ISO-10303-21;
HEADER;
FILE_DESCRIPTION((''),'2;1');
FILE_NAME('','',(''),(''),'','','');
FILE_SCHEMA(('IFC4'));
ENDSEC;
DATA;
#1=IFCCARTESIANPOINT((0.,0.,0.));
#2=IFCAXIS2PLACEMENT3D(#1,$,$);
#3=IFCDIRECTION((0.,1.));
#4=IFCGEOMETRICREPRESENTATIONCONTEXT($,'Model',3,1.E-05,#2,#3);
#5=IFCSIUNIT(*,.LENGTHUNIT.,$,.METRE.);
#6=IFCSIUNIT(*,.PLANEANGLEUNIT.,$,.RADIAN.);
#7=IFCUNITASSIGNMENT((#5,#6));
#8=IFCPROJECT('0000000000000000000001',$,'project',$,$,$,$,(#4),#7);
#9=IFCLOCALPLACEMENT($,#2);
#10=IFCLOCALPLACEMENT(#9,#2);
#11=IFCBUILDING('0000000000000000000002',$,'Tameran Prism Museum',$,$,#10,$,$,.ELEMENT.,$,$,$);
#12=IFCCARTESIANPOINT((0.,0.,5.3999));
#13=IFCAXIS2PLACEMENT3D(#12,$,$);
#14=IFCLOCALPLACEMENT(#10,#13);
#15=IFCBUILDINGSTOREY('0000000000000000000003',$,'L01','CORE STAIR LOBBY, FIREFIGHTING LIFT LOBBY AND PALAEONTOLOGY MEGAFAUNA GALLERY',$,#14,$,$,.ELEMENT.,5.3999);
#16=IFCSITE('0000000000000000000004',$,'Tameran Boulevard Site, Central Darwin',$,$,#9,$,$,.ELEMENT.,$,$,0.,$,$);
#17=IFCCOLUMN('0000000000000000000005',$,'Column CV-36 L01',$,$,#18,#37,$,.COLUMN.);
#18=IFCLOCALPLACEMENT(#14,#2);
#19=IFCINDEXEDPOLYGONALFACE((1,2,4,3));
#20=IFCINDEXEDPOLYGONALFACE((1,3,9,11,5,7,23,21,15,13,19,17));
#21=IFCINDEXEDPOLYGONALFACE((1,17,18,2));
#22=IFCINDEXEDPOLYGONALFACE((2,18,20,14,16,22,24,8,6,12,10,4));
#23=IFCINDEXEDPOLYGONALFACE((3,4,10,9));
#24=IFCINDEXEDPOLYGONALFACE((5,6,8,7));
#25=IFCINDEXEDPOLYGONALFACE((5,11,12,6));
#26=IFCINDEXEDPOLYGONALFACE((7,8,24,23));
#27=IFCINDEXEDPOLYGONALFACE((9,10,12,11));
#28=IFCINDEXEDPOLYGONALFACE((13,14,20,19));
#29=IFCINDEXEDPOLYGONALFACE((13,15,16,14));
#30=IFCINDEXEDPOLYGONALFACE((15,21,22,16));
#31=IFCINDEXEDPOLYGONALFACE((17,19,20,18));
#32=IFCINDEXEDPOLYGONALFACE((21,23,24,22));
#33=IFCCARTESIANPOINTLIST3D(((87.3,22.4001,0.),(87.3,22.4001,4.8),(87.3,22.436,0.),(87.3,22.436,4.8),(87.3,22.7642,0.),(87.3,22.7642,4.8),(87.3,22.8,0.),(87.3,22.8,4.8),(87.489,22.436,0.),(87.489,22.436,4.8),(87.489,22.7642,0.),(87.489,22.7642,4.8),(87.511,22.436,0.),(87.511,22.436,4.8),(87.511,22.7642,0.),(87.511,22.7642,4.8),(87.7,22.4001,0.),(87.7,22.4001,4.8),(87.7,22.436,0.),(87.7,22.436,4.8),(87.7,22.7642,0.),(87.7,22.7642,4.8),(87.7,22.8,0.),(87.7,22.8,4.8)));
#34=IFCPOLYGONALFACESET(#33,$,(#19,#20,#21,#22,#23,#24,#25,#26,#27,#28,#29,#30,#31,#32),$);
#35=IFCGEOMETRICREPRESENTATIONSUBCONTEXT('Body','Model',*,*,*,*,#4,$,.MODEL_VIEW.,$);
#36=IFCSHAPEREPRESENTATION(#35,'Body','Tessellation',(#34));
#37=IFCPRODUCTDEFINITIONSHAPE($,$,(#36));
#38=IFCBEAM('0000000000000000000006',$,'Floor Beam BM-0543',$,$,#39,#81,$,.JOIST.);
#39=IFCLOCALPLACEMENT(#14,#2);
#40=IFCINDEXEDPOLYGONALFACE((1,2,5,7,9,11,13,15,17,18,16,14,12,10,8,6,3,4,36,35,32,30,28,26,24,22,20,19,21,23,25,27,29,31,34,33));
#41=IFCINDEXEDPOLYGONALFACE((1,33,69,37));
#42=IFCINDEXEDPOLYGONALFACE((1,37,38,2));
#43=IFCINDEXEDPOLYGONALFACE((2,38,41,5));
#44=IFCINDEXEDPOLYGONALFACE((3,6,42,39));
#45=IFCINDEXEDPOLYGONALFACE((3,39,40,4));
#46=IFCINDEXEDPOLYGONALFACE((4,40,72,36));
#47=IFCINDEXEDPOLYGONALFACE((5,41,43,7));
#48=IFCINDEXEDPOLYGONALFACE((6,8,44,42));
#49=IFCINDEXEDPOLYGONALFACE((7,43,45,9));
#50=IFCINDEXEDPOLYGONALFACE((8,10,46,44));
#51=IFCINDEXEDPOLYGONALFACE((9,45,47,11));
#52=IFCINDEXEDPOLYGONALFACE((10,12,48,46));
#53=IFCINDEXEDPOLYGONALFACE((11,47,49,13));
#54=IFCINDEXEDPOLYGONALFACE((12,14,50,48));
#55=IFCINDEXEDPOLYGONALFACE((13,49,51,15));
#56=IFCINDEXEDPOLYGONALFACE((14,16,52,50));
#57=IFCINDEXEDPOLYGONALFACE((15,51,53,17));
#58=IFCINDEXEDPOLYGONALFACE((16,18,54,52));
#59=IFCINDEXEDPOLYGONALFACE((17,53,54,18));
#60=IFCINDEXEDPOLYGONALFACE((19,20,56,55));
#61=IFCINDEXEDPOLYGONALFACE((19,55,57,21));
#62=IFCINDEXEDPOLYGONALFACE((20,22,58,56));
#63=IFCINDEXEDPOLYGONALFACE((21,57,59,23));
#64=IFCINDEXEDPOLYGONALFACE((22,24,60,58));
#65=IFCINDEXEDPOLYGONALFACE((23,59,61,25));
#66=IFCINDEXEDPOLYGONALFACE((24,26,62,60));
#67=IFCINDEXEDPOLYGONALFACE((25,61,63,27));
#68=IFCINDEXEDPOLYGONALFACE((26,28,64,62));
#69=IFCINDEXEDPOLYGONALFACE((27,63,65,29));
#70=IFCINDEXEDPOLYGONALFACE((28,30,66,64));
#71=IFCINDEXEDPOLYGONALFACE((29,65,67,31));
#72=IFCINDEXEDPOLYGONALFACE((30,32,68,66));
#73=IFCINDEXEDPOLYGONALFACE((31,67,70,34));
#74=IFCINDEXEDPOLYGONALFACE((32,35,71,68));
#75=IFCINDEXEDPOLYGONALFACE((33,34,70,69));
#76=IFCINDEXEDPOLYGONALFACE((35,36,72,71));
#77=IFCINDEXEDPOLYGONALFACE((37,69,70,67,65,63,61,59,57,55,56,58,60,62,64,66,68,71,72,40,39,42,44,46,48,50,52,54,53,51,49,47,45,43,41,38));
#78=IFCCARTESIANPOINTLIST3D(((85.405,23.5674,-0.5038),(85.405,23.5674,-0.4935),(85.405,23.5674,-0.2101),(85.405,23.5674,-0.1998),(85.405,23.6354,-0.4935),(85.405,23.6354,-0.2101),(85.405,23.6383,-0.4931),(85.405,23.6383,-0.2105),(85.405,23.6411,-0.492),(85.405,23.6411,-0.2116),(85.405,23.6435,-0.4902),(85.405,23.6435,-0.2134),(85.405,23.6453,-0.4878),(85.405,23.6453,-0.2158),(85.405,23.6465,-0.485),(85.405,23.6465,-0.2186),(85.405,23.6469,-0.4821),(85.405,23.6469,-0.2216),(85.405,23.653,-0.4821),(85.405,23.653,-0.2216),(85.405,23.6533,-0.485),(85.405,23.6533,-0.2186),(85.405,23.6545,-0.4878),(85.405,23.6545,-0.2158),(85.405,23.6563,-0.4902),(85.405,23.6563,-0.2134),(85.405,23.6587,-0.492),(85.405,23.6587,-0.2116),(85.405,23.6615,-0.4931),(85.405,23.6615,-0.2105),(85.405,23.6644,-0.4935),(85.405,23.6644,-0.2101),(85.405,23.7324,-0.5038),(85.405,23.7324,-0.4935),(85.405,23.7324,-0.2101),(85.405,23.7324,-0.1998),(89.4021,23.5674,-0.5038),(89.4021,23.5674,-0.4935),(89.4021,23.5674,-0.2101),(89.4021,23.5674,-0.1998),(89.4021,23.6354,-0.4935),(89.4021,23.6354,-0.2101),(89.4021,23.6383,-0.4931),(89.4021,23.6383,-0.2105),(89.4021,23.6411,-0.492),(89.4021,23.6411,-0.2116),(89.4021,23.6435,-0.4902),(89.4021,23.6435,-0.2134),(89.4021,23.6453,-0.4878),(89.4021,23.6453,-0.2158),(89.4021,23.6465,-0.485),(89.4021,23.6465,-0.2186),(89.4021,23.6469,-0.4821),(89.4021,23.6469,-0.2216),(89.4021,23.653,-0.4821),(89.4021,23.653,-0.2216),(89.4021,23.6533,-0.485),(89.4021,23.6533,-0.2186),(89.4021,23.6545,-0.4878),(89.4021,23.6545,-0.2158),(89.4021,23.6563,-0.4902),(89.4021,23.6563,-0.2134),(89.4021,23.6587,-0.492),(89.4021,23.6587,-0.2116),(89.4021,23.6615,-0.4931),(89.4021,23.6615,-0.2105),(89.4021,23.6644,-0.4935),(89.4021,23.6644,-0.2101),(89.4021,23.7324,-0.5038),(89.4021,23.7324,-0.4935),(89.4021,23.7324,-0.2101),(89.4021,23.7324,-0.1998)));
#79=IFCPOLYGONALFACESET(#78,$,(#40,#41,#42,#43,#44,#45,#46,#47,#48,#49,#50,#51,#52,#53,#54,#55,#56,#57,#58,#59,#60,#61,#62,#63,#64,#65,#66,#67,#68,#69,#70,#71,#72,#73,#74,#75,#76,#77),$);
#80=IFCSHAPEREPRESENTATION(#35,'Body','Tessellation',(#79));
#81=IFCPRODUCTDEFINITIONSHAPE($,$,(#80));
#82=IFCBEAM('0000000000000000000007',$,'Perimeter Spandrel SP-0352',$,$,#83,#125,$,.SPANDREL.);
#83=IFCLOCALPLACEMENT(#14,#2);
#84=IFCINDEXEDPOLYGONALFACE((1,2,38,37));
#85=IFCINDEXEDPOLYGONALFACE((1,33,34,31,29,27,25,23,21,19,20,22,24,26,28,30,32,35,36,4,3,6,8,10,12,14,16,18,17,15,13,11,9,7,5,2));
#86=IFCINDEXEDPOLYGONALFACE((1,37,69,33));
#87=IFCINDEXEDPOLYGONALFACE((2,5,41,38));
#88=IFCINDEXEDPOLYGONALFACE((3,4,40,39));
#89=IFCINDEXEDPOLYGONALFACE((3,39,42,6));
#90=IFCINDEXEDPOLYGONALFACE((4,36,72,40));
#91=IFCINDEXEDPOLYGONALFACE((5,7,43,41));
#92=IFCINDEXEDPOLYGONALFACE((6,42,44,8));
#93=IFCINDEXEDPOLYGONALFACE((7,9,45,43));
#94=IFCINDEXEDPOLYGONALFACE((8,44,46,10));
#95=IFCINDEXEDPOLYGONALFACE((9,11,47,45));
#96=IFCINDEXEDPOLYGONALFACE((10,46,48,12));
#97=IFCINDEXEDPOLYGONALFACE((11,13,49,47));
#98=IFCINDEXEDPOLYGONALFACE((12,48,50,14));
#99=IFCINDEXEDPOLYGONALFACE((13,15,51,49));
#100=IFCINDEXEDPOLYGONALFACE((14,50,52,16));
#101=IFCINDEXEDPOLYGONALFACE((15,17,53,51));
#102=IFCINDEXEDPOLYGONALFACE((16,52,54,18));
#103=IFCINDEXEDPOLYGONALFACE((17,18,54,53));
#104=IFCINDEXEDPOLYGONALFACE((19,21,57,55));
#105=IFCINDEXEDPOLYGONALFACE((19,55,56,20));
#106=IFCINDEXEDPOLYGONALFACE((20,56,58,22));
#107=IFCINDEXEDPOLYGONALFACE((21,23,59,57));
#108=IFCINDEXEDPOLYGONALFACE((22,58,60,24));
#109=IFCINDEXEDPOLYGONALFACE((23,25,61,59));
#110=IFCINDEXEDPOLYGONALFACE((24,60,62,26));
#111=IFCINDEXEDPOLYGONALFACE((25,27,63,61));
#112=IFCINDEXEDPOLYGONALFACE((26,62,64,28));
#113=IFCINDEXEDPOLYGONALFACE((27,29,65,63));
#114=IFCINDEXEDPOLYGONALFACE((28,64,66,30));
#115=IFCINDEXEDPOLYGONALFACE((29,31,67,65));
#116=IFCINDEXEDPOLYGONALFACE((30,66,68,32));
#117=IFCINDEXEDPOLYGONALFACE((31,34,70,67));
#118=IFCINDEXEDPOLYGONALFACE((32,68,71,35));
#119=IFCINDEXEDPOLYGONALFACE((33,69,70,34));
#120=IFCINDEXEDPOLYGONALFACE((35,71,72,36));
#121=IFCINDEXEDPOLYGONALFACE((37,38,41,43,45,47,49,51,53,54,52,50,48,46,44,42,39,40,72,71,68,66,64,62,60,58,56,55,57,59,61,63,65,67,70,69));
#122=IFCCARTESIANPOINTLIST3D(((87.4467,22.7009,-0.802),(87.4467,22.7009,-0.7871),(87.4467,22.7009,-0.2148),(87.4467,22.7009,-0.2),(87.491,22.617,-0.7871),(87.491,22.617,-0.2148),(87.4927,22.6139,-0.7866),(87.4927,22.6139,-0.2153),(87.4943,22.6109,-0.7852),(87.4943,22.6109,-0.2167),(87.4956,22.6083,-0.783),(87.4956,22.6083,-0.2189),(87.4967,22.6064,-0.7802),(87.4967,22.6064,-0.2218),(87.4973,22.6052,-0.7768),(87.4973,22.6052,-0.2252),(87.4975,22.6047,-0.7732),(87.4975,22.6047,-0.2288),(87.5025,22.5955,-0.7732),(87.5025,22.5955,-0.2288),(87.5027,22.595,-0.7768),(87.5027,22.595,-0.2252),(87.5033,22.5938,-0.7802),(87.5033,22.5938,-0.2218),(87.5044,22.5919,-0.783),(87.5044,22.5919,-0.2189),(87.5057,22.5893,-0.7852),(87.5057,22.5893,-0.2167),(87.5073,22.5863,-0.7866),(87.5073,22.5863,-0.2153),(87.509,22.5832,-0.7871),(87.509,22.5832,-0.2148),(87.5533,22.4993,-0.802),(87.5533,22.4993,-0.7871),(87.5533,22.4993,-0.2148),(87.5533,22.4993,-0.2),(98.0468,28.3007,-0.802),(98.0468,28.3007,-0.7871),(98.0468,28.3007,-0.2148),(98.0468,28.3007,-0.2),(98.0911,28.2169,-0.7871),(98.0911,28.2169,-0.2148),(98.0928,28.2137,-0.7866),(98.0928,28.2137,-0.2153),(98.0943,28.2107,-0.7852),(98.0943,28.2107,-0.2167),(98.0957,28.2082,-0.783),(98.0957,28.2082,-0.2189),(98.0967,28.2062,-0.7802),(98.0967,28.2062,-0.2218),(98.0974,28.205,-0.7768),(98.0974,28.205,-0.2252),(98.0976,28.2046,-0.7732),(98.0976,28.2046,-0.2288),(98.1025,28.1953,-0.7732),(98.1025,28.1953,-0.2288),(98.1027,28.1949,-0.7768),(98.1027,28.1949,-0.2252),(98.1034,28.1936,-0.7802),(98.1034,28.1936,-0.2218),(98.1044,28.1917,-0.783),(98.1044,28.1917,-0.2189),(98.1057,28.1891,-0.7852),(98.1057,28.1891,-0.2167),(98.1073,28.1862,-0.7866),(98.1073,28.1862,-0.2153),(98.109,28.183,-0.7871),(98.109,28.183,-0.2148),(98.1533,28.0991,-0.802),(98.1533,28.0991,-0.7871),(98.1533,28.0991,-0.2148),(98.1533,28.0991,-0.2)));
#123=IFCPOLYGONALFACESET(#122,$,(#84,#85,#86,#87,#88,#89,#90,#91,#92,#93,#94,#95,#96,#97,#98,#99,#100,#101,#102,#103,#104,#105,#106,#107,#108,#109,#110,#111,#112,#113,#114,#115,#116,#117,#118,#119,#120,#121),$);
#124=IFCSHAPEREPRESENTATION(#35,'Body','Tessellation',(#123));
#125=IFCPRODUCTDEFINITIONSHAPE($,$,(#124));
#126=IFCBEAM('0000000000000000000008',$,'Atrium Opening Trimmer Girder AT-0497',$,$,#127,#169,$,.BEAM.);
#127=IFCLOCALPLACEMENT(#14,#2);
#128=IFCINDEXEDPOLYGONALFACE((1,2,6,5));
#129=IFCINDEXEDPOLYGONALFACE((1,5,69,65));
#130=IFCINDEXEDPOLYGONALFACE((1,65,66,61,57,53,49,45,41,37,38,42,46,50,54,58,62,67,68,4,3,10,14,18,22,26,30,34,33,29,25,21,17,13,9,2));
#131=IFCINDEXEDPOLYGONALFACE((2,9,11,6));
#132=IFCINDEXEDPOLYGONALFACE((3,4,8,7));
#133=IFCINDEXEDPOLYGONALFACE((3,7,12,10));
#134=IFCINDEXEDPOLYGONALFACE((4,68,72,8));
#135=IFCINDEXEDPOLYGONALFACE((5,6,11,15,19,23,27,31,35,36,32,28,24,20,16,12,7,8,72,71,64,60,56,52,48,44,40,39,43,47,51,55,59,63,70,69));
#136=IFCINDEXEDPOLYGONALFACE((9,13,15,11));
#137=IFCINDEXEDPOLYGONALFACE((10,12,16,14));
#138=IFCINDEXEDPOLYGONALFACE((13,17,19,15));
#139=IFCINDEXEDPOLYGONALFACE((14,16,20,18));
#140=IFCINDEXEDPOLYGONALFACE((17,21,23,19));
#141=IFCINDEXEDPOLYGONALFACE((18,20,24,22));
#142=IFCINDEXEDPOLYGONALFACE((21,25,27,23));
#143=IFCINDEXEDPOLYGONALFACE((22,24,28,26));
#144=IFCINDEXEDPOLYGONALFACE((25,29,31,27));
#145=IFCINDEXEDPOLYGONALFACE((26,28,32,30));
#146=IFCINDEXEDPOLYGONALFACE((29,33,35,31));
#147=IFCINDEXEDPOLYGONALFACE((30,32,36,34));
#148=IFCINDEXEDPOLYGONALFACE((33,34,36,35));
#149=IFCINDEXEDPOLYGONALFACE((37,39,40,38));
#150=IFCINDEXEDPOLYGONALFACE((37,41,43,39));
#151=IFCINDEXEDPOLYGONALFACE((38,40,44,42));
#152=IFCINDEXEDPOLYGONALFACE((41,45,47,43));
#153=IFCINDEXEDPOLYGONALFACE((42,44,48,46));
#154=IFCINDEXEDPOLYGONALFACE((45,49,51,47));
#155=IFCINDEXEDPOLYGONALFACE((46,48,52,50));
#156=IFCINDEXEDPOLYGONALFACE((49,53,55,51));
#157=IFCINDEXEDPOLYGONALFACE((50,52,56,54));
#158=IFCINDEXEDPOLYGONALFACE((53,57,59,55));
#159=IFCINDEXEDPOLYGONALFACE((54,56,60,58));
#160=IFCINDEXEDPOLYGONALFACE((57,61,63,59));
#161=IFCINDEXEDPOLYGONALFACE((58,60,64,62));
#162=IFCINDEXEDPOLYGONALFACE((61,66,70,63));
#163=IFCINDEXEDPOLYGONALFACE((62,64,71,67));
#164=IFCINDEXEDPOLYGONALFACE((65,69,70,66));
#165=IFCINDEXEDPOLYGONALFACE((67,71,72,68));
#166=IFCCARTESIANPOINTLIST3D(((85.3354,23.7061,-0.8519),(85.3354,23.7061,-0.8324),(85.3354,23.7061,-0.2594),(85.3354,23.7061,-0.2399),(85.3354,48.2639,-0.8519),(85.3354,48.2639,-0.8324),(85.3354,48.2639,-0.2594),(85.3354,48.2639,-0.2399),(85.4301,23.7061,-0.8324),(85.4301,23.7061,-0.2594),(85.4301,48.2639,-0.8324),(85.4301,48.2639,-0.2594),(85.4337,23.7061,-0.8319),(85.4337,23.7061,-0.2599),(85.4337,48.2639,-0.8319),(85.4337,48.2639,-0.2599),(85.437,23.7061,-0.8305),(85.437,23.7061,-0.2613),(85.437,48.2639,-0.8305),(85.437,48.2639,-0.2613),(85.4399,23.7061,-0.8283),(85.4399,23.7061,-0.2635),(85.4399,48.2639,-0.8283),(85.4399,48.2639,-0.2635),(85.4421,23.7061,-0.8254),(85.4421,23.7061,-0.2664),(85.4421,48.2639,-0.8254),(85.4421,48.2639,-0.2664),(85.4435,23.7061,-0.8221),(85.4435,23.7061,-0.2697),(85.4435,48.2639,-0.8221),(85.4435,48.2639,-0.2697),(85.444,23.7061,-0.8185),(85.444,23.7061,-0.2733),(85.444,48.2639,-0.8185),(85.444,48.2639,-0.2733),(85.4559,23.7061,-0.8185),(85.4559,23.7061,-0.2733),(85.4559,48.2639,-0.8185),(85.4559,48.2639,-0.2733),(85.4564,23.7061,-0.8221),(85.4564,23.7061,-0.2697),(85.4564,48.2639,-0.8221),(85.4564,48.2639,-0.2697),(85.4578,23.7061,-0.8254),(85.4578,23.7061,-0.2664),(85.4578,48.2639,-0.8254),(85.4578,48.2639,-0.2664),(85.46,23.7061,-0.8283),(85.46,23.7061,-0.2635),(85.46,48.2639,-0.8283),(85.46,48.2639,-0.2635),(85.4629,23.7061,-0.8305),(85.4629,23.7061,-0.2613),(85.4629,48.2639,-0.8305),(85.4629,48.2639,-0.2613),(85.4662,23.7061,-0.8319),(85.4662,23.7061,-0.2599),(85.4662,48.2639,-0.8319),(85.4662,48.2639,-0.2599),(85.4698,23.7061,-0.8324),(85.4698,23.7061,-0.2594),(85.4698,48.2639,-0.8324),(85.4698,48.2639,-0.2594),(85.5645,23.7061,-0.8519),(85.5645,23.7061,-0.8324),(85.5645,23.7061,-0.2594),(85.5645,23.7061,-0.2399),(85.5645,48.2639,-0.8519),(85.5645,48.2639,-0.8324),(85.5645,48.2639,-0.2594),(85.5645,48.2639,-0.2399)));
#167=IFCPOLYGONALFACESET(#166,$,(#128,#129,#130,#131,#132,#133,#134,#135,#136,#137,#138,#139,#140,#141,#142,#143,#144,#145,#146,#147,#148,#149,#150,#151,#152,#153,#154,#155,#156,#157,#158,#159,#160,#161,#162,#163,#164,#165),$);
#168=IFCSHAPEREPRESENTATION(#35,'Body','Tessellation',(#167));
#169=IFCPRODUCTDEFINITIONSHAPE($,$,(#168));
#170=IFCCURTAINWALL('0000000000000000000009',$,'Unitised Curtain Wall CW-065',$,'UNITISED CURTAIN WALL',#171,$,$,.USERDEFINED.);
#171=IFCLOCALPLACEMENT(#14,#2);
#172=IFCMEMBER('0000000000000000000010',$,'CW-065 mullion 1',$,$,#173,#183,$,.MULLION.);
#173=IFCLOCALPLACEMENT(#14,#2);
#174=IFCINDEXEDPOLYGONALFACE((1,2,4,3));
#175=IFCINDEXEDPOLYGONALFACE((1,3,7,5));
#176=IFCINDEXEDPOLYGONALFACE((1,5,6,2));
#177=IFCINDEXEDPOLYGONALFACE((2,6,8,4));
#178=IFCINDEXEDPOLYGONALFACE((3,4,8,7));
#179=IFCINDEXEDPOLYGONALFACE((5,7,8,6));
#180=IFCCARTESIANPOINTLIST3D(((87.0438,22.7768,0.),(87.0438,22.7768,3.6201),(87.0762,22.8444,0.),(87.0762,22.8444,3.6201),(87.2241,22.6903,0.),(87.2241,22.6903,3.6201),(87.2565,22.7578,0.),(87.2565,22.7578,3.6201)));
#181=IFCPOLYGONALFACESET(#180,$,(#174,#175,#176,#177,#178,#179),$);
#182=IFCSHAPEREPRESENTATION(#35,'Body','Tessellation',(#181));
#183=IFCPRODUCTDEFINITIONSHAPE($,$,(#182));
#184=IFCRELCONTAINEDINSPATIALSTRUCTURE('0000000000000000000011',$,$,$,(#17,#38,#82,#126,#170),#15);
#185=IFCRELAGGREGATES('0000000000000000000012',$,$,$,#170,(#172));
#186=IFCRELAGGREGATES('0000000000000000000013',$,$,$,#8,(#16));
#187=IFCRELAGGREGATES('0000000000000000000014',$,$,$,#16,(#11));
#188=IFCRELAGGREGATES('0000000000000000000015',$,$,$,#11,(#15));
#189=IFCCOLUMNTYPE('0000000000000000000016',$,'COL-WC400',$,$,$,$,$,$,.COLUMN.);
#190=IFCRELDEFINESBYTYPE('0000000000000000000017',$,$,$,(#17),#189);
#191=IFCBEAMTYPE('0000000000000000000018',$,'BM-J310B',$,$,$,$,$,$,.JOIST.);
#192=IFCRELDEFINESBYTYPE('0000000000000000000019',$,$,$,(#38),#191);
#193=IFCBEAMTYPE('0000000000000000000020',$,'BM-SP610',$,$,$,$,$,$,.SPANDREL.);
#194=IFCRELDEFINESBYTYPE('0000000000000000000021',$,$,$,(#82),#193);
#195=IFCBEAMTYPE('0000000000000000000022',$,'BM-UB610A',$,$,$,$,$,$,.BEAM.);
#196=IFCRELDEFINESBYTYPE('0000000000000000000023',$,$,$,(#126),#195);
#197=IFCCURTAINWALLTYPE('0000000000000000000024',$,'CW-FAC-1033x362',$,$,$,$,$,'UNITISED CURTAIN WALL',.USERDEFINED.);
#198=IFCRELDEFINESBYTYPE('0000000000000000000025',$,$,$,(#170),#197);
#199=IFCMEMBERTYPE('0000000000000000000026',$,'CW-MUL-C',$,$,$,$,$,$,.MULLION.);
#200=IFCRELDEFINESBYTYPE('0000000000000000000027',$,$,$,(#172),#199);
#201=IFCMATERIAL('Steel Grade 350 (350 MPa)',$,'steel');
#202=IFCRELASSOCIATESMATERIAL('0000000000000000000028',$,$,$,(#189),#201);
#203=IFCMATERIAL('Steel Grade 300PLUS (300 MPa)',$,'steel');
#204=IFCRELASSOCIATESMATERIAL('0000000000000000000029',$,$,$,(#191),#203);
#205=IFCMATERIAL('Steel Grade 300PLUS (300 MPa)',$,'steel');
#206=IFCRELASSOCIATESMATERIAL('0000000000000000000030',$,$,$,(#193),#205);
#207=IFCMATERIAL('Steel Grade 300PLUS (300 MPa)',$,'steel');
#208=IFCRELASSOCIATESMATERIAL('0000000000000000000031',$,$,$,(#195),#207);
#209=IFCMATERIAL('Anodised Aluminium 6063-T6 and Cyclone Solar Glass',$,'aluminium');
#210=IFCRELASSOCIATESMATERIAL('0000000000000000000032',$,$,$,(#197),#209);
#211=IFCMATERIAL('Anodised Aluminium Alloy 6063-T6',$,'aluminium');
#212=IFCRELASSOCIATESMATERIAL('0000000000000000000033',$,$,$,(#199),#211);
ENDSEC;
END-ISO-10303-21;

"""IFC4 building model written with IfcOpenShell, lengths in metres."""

from ifc_helpers import new_model, si_unit, direction, frame, origin, origin_2d, place, context, subcontext, project, spatial, rectangle, i_section, extrude, material, material_profile, profile_set, type_object, element, aggregate, save


model = new_model("IFC4")

# Units and contexts
model_context = context("Model", 3, precision=1e-05, world=origin(), true_north=direction((0.0, 1.0)))
body_context = subcontext(model_context, "Body", "Model", "MODEL_VIEW")
ifc_project = project(units=[si_unit("LENGTHUNIT", "METRE"), si_unit("PLANEANGLEUNIT", "RADIAN")], contexts=[model_context])

# Site, building, storey
site_placement = place(None, origin())
site = spatial("IfcSite", under=ifc_project, at=site_placement, Name="Tameran Boulevard Site, Central Darwin", CompositionType="ELEMENT", RefElevation=0.0)
building_placement = place(site_placement, origin())
building = spatial("IfcBuilding", under=site, at=building_placement, Name="Tameran Prism Museum", CompositionType="ELEMENT")
storey_placement = place(building_placement, frame((0.0, 0.0, 5.3999)))
storey = spatial("IfcBuildingStorey", under=building, at=storey_placement, Name="L01", Description="CORE STAIR LOBBY, FIREFIGHTING LIFT LOBBY AND PALAEONTOLOGY MEGAFAUNA GALLERY", CompositionType="ELEMENT", Elevation=5.3999)

# Column
ifc_material_1 = material(Name="Steel Grade 350 (350 MPa)", Category="steel")
ifc_material_profile_1 = material_profile(ifc_material_1, i_section(OverallWidth=0.3999, OverallDepth=0.3999, WebThickness=0.022, FlangeThickness=0.0359, at=origin_2d()))
ifc_profile_set_1 = profile_set([ifc_material_profile_1])
column_type = type_object("IfcColumnType", Name="COL-WC400", PredefinedType="COLUMN", material=ifc_profile_set_1)
column_placement = place(storey_placement, frame((87.5, 22.6001, 0.0), z_axis=(0.0, 0.0, 1.0), x_axis=(1.0, 0.0, 0.0)))
element("IfcColumn", 1, at=column_placement, inside=storey, type_object=column_type, Name="Column CV-36 L01", PredefinedType="COLUMN", context=body_context, shape_type="SweptSolid", body=[
    extrude(i_section(OverallWidth=0.3999, OverallDepth=0.3999, WebThickness=0.022, FlangeThickness=0.0359, at=origin_2d()), origin(), (0.0, 0.0, 1.0), 4.8),
])

# Beams
ifc_material_2 = material(Name="Steel Grade 300PLUS (300 MPa)", Category="steel")
ifc_material_profile_2 = material_profile(ifc_material_2, i_section(OverallWidth=0.165, OverallDepth=0.304, WebThickness=0.0061, FlangeThickness=0.0103, FilletRadius=0.0115, at=origin_2d()))
ifc_profile_set_2 = profile_set([ifc_material_profile_2])
beam_type_1 = type_object("IfcBeamType", Name="BM-J310B", PredefinedType="JOIST", material=ifc_profile_set_2)
beam_1_placement = place(storey_placement, frame((85.405, 23.6499, -0.3518), z_axis=(1.0, 0.0, 0.0), x_axis=(0.0, 1.0, 0.0)))
element("IfcBeam", 2, at=beam_1_placement, inside=storey, type_object=beam_type_1, Name="Floor Beam BM-0543", PredefinedType="JOIST", context=body_context, shape_type="SweptSolid", body=[
    extrude(i_section(OverallWidth=0.165, OverallDepth=0.304, WebThickness=0.0061, FlangeThickness=0.0103, FilletRadius=0.0115, at=origin_2d()), origin(), (0.0, 0.0, 1.0), 3.9971),
])
ifc_material_3 = material(Name="Steel Grade 300PLUS (300 MPa)", Category="steel")
ifc_material_profile_3 = material_profile(ifc_material_3, i_section(OverallWidth=0.228, OverallDepth=0.6021, WebThickness=0.0105, FlangeThickness=0.0149, FilletRadius=0.0139, at=origin_2d()))
ifc_profile_set_3 = profile_set([ifc_material_profile_3])
beam_type_2 = type_object("IfcBeamType", Name="BM-SP610", PredefinedType="SPANDREL", material=ifc_profile_set_3)
beam_2_placement = place(storey_placement, frame((87.5, 22.6001, -0.501), z_axis=(0.8842, 0.467108, 0.0), x_axis=(-0.467108, 0.8842, 0.0)))
element("IfcBeam", 3, at=beam_2_placement, inside=storey, type_object=beam_type_2, Name="Perimeter Spandrel SP-0352", PredefinedType="SPANDREL", context=body_context, shape_type="SweptSolid", body=[
    extrude(i_section(OverallWidth=0.228, OverallDepth=0.6021, WebThickness=0.0105, FlangeThickness=0.0149, FilletRadius=0.0139, at=origin_2d()), origin(), (0.0, 0.0, 1.0), 11.9883),
])
ifc_material_4 = material(Name="Steel Grade 300PLUS (300 MPa)", Category="steel")
ifc_material_profile_4 = material_profile(ifc_material_4, i_section(OverallWidth=0.229, OverallDepth=0.6121, WebThickness=0.012, FlangeThickness=0.0195, FilletRadius=0.0139, at=origin_2d()))
ifc_profile_set_4 = profile_set([ifc_material_profile_4])
beam_type_3 = type_object("IfcBeamType", Name="BM-UB610A", PredefinedType="BEAM", material=ifc_profile_set_4)
beam_3_placement = place(storey_placement, frame((85.45, 23.7061, -0.5459), z_axis=(0.0, 1.0, 0.0), x_axis=(-1.0, 0.0, 0.0)))
element("IfcBeam", 4, at=beam_3_placement, inside=storey, type_object=beam_type_3, Name="Atrium Opening Trimmer Girder AT-0497", PredefinedType="BEAM", context=body_context, shape_type="SweptSolid", body=[
    extrude(i_section(OverallWidth=0.229, OverallDepth=0.6121, WebThickness=0.012, FlangeThickness=0.0195, FilletRadius=0.0139, at=origin_2d()), origin(), (0.0, 0.0, 1.0), 24.5579),
])

# Curtain wall, member
ifc_material_5 = material(Name="Anodised Aluminium 6063-T6 and Cyclone Solar Glass", Category="aluminium")
curtain_wall_type_1 = type_object("IfcCurtainWallType", Name="CW-FAC-1033x362", ElementType="UNITISED CURTAIN WALL", PredefinedType="USERDEFINED", material=ifc_material_5)
curtain_wall_1_placement = place(storey_placement, origin())
curtain_wall_1 = element("IfcCurtainWall", 5, at=curtain_wall_1_placement, inside=storey, type_object=curtain_wall_type_1, Name="Unitised Curtain Wall CW-065", ObjectType="UNITISED CURTAIN WALL", PredefinedType="USERDEFINED")
ifc_material_6 = material(Name="Anodised Aluminium Alloy 6063-T6", Category="aluminium")
ifc_material_profile_5 = material_profile(ifc_material_6, rectangle(XDim=0.075, YDim=0.2, at=origin_2d()))
ifc_profile_set_5 = profile_set([ifc_material_profile_5])
member_type_1 = type_object("IfcMemberType", Name="CW-MUL-C", PredefinedType="MULLION", material=ifc_profile_set_5)
member_1_placement = place(storey_placement, frame((87.1501, 22.7673, 0.0), z_axis=(0.0, 0.0, 1.0), x_axis=(-0.432832, -0.901475, 0.0)))
member_1 = element("IfcMember", 6, at=member_1_placement, type_object=member_type_1, Name="CW-065 mullion 1", PredefinedType="MULLION", context=body_context, shape_type="SweptSolid", body=[
    extrude(rectangle(XDim=0.075, YDim=0.2, at=origin_2d()), origin(), (0.0, 0.0, 1.0), 3.6201),
])

aggregate(curtain_wall_1, [member_1])

save(model, "model.ifc")
